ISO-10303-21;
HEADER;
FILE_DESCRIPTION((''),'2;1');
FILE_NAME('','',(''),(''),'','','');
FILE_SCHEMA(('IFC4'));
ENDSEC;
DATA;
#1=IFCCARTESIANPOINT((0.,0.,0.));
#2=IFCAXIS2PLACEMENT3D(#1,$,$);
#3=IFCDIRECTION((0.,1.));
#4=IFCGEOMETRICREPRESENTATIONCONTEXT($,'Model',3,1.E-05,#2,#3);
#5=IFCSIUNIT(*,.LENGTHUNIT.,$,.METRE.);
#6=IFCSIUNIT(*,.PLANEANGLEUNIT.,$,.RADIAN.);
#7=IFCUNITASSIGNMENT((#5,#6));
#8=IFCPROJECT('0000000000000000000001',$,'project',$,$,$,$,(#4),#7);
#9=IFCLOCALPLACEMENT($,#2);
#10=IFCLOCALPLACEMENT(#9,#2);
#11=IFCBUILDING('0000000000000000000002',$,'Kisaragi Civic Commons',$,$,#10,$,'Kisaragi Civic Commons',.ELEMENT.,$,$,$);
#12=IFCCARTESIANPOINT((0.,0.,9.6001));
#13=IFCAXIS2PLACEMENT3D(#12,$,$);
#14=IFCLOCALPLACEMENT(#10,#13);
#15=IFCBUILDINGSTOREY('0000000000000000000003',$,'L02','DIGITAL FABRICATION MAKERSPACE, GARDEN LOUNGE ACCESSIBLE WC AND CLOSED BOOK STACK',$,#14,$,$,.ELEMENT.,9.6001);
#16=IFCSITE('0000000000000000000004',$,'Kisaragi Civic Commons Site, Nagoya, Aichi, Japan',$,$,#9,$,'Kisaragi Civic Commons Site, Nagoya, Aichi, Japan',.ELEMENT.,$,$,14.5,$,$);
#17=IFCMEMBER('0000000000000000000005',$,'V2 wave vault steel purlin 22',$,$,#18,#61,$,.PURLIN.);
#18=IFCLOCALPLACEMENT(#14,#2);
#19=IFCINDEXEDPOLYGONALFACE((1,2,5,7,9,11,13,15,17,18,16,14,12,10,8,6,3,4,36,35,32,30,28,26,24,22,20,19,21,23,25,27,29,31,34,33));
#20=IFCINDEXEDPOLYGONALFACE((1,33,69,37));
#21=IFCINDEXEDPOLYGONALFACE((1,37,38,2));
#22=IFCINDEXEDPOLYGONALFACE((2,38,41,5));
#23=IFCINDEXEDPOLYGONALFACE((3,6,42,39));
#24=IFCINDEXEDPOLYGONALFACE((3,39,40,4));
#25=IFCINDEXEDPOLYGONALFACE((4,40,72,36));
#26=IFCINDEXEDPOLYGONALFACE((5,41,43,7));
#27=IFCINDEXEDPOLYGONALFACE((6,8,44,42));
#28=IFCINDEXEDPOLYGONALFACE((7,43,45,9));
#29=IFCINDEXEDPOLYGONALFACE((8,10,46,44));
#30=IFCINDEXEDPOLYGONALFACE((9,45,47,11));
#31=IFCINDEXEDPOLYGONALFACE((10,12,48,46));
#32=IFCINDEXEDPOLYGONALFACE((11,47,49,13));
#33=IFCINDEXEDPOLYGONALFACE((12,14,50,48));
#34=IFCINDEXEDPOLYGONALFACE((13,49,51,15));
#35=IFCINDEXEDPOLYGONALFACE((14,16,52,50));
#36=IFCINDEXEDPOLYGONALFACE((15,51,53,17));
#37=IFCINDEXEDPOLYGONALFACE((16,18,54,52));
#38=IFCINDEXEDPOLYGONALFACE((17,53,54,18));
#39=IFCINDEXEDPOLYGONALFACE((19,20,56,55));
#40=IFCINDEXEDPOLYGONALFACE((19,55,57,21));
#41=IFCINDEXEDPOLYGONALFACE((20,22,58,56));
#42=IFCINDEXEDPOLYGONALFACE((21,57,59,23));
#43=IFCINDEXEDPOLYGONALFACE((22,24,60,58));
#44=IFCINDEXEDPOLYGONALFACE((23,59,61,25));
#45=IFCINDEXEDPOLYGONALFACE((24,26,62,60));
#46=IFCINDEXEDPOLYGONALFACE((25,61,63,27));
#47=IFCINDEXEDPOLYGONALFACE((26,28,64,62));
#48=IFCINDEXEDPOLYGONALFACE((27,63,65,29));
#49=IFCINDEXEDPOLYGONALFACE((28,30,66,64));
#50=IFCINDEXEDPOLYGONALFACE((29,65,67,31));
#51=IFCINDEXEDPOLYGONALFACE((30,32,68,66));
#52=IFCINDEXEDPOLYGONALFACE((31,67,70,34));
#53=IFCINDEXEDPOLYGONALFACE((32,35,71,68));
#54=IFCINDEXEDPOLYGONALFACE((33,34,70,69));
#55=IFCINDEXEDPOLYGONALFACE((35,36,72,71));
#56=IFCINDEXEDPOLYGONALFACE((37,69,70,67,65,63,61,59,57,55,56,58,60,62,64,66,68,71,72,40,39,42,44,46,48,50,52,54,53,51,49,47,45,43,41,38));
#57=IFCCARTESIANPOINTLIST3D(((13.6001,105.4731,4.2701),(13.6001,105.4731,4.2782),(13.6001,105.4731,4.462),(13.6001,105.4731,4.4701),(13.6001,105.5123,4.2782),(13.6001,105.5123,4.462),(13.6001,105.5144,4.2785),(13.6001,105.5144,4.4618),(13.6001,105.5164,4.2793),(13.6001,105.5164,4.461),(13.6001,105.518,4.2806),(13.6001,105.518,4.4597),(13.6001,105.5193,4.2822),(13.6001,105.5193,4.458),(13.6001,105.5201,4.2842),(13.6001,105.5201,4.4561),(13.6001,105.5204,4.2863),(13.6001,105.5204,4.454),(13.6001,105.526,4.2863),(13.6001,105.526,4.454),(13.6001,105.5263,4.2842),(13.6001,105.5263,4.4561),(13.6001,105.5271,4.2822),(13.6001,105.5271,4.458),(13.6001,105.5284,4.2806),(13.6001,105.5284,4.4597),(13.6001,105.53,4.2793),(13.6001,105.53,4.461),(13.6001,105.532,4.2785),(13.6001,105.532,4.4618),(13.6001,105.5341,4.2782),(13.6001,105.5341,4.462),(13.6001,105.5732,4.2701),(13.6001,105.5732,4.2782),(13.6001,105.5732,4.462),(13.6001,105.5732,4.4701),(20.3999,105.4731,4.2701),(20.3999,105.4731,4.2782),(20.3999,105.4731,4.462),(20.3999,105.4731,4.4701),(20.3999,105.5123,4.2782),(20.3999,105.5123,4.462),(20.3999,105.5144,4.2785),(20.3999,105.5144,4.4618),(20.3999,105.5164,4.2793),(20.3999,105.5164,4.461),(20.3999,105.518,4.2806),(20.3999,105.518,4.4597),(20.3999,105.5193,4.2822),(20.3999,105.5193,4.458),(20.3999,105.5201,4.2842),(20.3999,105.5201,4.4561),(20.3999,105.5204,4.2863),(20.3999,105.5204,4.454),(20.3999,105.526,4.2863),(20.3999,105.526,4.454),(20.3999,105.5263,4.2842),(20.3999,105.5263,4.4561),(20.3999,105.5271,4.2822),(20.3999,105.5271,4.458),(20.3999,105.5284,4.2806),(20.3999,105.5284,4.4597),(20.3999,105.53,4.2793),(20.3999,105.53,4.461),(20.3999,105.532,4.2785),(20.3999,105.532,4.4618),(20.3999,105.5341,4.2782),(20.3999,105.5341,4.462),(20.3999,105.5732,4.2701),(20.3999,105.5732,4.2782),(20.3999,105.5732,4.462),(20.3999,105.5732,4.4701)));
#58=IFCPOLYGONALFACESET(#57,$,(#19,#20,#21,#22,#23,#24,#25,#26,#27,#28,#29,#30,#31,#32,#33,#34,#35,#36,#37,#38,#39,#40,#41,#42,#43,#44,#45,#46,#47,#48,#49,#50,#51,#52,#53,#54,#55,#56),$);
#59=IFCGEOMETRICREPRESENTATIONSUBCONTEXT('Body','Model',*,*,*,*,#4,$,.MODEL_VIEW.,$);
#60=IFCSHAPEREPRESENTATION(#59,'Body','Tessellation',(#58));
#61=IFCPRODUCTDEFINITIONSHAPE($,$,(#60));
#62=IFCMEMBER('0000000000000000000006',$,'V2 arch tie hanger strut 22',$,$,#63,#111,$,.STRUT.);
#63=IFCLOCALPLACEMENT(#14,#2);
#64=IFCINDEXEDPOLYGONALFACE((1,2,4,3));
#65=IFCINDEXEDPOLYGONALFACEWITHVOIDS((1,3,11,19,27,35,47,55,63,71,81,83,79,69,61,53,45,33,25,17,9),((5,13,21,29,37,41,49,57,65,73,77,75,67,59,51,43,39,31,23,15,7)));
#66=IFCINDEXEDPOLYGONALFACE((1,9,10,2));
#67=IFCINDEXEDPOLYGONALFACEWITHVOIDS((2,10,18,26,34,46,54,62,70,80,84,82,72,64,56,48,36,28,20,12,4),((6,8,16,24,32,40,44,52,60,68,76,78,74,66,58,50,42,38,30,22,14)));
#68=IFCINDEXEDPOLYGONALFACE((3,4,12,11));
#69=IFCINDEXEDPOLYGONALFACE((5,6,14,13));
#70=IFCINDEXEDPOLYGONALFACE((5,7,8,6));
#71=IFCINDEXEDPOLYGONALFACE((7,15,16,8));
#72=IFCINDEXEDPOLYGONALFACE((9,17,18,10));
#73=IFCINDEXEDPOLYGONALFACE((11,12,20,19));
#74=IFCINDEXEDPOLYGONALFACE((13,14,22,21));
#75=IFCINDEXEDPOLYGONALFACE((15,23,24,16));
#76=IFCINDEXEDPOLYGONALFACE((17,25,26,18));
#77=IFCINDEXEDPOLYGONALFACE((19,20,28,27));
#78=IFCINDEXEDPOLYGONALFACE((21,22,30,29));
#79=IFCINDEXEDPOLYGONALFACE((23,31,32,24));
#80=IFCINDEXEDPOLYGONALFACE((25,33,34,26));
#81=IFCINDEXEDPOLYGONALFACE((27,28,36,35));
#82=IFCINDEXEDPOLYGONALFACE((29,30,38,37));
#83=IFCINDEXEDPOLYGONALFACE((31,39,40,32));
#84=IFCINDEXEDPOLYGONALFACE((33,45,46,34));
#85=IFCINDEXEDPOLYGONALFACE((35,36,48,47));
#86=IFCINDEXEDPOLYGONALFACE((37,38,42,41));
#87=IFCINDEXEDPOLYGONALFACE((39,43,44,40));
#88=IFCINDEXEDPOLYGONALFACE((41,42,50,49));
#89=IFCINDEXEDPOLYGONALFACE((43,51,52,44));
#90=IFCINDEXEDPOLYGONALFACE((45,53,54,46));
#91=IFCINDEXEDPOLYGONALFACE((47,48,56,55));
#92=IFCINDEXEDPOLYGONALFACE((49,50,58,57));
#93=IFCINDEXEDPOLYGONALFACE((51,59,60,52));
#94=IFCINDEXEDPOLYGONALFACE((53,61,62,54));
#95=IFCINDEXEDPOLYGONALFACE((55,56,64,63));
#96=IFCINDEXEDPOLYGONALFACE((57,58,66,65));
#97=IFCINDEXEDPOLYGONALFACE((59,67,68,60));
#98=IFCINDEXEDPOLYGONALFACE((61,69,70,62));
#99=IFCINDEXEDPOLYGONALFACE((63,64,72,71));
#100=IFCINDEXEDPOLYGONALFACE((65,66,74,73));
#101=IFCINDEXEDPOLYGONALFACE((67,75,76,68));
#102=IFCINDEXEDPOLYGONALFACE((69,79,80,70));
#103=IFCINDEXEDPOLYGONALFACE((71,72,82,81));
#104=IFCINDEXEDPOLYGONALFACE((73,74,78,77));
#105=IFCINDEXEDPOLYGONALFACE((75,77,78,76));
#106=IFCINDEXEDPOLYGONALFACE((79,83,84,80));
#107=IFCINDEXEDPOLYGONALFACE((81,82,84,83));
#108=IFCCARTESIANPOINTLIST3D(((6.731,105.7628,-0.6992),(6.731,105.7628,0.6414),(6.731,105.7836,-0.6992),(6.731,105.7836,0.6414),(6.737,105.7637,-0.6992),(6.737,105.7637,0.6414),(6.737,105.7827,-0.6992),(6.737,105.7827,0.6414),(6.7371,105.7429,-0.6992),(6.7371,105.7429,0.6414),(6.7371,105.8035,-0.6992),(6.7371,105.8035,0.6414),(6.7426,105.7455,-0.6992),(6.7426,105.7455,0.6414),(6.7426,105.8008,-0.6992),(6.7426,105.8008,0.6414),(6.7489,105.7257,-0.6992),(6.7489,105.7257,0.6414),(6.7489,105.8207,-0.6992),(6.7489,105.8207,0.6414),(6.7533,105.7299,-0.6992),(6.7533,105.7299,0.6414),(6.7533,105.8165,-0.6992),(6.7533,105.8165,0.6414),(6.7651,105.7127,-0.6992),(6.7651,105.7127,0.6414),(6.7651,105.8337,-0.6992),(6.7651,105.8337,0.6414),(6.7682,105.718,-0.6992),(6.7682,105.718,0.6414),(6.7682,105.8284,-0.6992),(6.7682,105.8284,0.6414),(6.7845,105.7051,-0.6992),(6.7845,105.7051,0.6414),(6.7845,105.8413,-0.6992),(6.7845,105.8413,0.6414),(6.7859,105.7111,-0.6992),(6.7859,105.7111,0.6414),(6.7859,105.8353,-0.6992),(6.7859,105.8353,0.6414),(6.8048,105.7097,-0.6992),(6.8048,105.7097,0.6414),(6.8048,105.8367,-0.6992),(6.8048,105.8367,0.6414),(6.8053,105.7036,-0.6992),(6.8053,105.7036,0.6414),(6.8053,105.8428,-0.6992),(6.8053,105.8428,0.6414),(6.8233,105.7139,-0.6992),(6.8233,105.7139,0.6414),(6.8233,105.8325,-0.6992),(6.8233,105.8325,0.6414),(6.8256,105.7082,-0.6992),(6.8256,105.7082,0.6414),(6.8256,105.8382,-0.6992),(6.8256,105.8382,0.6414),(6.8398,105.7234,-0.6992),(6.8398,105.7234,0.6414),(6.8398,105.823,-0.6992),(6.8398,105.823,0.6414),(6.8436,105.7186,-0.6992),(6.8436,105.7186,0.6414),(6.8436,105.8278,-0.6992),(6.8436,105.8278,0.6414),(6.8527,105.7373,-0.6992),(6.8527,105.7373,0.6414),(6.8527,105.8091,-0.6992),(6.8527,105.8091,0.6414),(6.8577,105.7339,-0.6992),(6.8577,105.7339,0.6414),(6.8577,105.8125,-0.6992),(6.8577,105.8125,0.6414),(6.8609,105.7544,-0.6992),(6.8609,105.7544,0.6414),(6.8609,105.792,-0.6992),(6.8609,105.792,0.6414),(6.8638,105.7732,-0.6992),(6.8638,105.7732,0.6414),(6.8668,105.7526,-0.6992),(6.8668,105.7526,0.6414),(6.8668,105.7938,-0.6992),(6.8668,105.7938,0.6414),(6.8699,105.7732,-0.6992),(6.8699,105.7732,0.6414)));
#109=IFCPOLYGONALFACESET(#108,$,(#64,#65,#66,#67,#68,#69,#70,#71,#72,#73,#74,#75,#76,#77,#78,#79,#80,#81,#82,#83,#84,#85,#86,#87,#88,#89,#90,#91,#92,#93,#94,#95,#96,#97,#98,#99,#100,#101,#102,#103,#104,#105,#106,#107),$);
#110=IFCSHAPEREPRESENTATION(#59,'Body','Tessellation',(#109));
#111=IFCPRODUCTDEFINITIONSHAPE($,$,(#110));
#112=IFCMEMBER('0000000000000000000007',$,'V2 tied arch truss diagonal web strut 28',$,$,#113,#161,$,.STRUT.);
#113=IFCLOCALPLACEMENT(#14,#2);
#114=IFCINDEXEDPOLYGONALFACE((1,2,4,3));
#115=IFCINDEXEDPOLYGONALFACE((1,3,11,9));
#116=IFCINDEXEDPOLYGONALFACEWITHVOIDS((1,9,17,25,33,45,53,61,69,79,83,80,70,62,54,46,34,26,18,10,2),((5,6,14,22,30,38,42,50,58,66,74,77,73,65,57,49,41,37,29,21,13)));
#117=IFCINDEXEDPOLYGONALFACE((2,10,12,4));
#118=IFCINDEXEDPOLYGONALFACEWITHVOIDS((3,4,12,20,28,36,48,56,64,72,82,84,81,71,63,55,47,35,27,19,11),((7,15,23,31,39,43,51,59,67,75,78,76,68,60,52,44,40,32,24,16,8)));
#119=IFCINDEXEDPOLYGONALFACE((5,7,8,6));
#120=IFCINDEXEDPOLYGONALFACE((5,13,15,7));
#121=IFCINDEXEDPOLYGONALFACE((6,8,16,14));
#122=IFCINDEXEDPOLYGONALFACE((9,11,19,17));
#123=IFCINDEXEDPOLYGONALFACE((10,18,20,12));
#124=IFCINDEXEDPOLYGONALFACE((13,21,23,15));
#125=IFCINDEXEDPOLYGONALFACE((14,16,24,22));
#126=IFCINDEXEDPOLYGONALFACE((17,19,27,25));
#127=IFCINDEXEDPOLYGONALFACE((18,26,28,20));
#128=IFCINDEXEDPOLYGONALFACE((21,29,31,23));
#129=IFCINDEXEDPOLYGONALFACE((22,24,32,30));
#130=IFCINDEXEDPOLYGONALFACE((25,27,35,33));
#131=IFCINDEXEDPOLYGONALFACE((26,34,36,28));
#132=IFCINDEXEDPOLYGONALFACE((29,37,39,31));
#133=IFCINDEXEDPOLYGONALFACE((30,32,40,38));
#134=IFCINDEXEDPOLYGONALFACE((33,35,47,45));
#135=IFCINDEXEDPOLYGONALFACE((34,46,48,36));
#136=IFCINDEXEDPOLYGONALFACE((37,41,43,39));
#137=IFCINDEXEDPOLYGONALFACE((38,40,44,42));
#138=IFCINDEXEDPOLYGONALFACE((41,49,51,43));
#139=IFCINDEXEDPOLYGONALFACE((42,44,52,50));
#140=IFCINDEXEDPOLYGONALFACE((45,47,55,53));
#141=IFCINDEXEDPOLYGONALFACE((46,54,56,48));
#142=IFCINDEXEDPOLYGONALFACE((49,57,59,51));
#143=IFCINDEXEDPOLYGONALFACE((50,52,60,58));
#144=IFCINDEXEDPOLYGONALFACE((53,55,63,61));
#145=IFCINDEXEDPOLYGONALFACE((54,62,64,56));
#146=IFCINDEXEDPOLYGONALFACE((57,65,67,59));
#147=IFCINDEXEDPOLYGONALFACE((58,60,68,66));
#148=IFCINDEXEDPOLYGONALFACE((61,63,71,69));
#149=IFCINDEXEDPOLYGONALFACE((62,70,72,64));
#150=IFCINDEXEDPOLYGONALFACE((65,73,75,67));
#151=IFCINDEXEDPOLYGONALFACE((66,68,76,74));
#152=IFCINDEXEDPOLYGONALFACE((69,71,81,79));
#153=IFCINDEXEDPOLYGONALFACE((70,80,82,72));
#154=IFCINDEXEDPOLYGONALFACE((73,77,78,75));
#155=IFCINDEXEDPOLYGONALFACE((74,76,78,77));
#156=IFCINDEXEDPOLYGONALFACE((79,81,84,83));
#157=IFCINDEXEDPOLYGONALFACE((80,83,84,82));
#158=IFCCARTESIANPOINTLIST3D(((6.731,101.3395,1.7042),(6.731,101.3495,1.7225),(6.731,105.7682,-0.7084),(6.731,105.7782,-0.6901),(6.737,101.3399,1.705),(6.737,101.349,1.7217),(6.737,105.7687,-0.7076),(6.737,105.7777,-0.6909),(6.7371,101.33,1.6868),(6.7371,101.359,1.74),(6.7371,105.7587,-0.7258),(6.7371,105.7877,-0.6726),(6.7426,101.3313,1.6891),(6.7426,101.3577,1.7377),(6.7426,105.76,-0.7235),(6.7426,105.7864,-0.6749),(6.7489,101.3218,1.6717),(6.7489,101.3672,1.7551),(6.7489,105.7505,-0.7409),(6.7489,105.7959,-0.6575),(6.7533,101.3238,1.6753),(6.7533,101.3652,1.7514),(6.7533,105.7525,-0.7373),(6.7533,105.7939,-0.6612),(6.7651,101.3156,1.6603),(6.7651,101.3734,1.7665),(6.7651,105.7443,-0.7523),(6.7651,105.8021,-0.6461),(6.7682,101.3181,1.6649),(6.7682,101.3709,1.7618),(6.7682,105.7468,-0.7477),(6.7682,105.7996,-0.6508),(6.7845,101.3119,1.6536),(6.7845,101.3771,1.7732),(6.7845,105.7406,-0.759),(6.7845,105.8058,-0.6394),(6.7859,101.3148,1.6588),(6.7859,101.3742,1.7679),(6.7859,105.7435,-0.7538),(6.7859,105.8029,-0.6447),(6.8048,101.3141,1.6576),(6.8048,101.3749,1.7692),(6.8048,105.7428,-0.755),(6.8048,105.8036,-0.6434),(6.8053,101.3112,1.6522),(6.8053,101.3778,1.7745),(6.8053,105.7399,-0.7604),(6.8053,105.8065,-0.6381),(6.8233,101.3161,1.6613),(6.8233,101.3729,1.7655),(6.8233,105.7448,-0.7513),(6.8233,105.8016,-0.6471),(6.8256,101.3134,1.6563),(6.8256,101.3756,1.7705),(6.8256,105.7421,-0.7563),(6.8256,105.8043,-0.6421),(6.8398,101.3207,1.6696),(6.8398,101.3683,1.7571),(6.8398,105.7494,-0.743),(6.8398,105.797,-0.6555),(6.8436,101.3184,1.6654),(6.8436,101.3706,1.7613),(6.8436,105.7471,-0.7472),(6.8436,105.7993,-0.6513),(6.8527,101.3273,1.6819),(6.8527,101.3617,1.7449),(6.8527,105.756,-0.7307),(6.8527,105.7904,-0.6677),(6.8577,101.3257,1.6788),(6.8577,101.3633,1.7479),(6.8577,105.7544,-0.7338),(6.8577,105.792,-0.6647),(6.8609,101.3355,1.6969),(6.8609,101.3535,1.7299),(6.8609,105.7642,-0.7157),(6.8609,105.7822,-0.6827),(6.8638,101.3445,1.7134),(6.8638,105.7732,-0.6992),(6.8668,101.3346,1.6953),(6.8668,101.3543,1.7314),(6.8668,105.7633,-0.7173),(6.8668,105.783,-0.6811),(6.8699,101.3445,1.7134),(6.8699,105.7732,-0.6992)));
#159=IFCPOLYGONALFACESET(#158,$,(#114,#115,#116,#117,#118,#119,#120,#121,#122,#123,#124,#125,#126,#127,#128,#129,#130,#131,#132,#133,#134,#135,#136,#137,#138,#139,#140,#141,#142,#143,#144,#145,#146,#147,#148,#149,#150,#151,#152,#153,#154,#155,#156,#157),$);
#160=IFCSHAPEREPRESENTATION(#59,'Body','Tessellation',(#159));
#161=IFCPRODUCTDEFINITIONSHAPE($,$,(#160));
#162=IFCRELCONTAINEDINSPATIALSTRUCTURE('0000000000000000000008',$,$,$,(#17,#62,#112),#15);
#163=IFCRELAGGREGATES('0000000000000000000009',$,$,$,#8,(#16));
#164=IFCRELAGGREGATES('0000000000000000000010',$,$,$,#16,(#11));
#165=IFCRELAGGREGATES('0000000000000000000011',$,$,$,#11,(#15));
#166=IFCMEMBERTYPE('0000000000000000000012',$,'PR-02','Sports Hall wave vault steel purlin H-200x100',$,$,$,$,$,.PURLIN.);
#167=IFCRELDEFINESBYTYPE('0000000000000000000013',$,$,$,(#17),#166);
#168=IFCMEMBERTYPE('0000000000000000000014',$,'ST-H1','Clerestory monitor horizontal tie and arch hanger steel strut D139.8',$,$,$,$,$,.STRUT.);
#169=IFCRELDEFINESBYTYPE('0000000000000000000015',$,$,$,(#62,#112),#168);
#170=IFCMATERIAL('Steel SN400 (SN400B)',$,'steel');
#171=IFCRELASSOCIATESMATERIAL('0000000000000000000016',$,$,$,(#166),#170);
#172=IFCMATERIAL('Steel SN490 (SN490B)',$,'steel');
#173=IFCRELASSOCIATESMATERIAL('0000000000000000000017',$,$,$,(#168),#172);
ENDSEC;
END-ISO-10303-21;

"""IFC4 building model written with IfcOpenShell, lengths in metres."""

from ifc_helpers import new_model, si_unit, direction, frame, origin, origin_2d, place, context, subcontext, project, spatial, hollow_circle, i_section, extrude, material, material_profile, profile_set, type_object, element, save


model = new_model("IFC4")

# Units and contexts
model_context = context("Model", 3, precision=1e-05, world=origin(), true_north=direction((0.0, 1.0)))
body_context = subcontext(model_context, "Body", "Model", "MODEL_VIEW")
ifc_project = project(units=[si_unit("LENGTHUNIT", "METRE"), si_unit("PLANEANGLEUNIT", "RADIAN")], contexts=[model_context])

# Site, building, storey
site_placement = place(None, origin())
site = spatial("IfcSite", under=ifc_project, at=site_placement, Name="Kisaragi Civic Commons Site, Nagoya, Aichi, Japan", LongName="Kisaragi Civic Commons Site, Nagoya, Aichi, Japan", CompositionType="ELEMENT", RefElevation=14.5)
building_placement = place(site_placement, origin())
building = spatial("IfcBuilding", under=site, at=building_placement, Name="Kisaragi Civic Commons", LongName="Kisaragi Civic Commons", CompositionType="ELEMENT")
storey_placement = place(building_placement, frame((0.0, 0.0, 9.6001)))
storey = spatial("IfcBuildingStorey", under=building, at=storey_placement, Name="L02", Description="DIGITAL FABRICATION MAKERSPACE, GARDEN LOUNGE ACCESSIBLE WC AND CLOSED BOOK STACK", CompositionType="ELEMENT", Elevation=9.6001)

# Members
ifc_material_1 = material(Name="Steel SN490 (SN490B)", Category="steel")
ifc_material_2 = material(Name="Steel SN400 (SN400B)", Category="steel")
ifc_material_profile_1 = material_profile(ifc_material_2, i_section(OverallWidth=0.1001, OverallDepth=0.2, WebThickness=0.0056, FlangeThickness=0.0081, FilletRadius=0.0081, at=origin_2d()), Name="H-200x100x5.5x8", Category="steel")
ifc_profile_set_1 = profile_set([ifc_material_profile_1], Name="Steel SN400 (SN400B)")
member_type_1 = type_object("IfcMemberType", Name="PR-02", Description="Sports Hall wave vault steel purlin H-200x100", PredefinedType="PURLIN", material=ifc_profile_set_1)
member_1_placement = place(storey_placement, frame((13.6001, 105.5232, 4.3701), z_axis=(1.0, 0.0, 0.0), x_axis=(0.0, 1.0, 0.0)))
element("IfcMember", 1, at=member_1_placement, inside=storey, type_object=member_type_1, Name="V2 wave vault steel purlin 22", PredefinedType="PURLIN", context=body_context, shape_type="SweptSolid", body=[
    extrude(i_section(OverallWidth=0.1001, OverallDepth=0.2, WebThickness=0.0056, FlangeThickness=0.0081, FilletRadius=0.0081, at=origin_2d()), origin(), (0.0, 0.0, 1.0), 6.7998),
])
ifc_material_profile_2 = material_profile(ifc_material_1, hollow_circle(Radius=0.0698, WallThickness=0.0061, at=origin_2d()), Name="CHS-139.8x6.0", Category="steel")
ifc_profile_set_2 = profile_set([ifc_material_profile_2], Name="Steel SN490 (SN490B)")
member_type_2 = type_object("IfcMemberType", Name="ST-H1", Description="Clerestory monitor horizontal tie and arch hanger steel strut D139.8", PredefinedType="STRUT", material=ifc_profile_set_2)
member_2_placement = place(storey_placement, frame((6.8, 105.7732, -0.6992), z_axis=(0.0, 0.0, 1.0), x_axis=(1.0, 0.0, 0.0)))
element("IfcMember", 2, at=member_2_placement, inside=storey, type_object=member_type_2, Name="V2 arch tie hanger strut 22", PredefinedType="STRUT", context=body_context, shape_type="SweptSolid", body=[
    extrude(hollow_circle(Radius=0.0698, WallThickness=0.0061, at=origin_2d()), origin(), (0.0, 0.0, 1.0), 1.3406),
])
member_3_placement = place(storey_placement, frame((6.8, 105.7732, -0.6992), z_axis=(0.0, -0.878151, 0.478384), x_axis=(1.0, 0.0, 0.0)))
element("IfcMember", 3, at=member_3_placement, inside=storey, type_object=member_type_2, Name="V2 tied arch truss diagonal web strut 28", PredefinedType="STRUT", context=body_context, shape_type="SweptSolid", body=[
    extrude(hollow_circle(Radius=0.0698, WallThickness=0.0061, at=origin_2d()), origin(), (0.0, 0.0, 1.0), 5.0432),
])

save(model, "model.ifc")
